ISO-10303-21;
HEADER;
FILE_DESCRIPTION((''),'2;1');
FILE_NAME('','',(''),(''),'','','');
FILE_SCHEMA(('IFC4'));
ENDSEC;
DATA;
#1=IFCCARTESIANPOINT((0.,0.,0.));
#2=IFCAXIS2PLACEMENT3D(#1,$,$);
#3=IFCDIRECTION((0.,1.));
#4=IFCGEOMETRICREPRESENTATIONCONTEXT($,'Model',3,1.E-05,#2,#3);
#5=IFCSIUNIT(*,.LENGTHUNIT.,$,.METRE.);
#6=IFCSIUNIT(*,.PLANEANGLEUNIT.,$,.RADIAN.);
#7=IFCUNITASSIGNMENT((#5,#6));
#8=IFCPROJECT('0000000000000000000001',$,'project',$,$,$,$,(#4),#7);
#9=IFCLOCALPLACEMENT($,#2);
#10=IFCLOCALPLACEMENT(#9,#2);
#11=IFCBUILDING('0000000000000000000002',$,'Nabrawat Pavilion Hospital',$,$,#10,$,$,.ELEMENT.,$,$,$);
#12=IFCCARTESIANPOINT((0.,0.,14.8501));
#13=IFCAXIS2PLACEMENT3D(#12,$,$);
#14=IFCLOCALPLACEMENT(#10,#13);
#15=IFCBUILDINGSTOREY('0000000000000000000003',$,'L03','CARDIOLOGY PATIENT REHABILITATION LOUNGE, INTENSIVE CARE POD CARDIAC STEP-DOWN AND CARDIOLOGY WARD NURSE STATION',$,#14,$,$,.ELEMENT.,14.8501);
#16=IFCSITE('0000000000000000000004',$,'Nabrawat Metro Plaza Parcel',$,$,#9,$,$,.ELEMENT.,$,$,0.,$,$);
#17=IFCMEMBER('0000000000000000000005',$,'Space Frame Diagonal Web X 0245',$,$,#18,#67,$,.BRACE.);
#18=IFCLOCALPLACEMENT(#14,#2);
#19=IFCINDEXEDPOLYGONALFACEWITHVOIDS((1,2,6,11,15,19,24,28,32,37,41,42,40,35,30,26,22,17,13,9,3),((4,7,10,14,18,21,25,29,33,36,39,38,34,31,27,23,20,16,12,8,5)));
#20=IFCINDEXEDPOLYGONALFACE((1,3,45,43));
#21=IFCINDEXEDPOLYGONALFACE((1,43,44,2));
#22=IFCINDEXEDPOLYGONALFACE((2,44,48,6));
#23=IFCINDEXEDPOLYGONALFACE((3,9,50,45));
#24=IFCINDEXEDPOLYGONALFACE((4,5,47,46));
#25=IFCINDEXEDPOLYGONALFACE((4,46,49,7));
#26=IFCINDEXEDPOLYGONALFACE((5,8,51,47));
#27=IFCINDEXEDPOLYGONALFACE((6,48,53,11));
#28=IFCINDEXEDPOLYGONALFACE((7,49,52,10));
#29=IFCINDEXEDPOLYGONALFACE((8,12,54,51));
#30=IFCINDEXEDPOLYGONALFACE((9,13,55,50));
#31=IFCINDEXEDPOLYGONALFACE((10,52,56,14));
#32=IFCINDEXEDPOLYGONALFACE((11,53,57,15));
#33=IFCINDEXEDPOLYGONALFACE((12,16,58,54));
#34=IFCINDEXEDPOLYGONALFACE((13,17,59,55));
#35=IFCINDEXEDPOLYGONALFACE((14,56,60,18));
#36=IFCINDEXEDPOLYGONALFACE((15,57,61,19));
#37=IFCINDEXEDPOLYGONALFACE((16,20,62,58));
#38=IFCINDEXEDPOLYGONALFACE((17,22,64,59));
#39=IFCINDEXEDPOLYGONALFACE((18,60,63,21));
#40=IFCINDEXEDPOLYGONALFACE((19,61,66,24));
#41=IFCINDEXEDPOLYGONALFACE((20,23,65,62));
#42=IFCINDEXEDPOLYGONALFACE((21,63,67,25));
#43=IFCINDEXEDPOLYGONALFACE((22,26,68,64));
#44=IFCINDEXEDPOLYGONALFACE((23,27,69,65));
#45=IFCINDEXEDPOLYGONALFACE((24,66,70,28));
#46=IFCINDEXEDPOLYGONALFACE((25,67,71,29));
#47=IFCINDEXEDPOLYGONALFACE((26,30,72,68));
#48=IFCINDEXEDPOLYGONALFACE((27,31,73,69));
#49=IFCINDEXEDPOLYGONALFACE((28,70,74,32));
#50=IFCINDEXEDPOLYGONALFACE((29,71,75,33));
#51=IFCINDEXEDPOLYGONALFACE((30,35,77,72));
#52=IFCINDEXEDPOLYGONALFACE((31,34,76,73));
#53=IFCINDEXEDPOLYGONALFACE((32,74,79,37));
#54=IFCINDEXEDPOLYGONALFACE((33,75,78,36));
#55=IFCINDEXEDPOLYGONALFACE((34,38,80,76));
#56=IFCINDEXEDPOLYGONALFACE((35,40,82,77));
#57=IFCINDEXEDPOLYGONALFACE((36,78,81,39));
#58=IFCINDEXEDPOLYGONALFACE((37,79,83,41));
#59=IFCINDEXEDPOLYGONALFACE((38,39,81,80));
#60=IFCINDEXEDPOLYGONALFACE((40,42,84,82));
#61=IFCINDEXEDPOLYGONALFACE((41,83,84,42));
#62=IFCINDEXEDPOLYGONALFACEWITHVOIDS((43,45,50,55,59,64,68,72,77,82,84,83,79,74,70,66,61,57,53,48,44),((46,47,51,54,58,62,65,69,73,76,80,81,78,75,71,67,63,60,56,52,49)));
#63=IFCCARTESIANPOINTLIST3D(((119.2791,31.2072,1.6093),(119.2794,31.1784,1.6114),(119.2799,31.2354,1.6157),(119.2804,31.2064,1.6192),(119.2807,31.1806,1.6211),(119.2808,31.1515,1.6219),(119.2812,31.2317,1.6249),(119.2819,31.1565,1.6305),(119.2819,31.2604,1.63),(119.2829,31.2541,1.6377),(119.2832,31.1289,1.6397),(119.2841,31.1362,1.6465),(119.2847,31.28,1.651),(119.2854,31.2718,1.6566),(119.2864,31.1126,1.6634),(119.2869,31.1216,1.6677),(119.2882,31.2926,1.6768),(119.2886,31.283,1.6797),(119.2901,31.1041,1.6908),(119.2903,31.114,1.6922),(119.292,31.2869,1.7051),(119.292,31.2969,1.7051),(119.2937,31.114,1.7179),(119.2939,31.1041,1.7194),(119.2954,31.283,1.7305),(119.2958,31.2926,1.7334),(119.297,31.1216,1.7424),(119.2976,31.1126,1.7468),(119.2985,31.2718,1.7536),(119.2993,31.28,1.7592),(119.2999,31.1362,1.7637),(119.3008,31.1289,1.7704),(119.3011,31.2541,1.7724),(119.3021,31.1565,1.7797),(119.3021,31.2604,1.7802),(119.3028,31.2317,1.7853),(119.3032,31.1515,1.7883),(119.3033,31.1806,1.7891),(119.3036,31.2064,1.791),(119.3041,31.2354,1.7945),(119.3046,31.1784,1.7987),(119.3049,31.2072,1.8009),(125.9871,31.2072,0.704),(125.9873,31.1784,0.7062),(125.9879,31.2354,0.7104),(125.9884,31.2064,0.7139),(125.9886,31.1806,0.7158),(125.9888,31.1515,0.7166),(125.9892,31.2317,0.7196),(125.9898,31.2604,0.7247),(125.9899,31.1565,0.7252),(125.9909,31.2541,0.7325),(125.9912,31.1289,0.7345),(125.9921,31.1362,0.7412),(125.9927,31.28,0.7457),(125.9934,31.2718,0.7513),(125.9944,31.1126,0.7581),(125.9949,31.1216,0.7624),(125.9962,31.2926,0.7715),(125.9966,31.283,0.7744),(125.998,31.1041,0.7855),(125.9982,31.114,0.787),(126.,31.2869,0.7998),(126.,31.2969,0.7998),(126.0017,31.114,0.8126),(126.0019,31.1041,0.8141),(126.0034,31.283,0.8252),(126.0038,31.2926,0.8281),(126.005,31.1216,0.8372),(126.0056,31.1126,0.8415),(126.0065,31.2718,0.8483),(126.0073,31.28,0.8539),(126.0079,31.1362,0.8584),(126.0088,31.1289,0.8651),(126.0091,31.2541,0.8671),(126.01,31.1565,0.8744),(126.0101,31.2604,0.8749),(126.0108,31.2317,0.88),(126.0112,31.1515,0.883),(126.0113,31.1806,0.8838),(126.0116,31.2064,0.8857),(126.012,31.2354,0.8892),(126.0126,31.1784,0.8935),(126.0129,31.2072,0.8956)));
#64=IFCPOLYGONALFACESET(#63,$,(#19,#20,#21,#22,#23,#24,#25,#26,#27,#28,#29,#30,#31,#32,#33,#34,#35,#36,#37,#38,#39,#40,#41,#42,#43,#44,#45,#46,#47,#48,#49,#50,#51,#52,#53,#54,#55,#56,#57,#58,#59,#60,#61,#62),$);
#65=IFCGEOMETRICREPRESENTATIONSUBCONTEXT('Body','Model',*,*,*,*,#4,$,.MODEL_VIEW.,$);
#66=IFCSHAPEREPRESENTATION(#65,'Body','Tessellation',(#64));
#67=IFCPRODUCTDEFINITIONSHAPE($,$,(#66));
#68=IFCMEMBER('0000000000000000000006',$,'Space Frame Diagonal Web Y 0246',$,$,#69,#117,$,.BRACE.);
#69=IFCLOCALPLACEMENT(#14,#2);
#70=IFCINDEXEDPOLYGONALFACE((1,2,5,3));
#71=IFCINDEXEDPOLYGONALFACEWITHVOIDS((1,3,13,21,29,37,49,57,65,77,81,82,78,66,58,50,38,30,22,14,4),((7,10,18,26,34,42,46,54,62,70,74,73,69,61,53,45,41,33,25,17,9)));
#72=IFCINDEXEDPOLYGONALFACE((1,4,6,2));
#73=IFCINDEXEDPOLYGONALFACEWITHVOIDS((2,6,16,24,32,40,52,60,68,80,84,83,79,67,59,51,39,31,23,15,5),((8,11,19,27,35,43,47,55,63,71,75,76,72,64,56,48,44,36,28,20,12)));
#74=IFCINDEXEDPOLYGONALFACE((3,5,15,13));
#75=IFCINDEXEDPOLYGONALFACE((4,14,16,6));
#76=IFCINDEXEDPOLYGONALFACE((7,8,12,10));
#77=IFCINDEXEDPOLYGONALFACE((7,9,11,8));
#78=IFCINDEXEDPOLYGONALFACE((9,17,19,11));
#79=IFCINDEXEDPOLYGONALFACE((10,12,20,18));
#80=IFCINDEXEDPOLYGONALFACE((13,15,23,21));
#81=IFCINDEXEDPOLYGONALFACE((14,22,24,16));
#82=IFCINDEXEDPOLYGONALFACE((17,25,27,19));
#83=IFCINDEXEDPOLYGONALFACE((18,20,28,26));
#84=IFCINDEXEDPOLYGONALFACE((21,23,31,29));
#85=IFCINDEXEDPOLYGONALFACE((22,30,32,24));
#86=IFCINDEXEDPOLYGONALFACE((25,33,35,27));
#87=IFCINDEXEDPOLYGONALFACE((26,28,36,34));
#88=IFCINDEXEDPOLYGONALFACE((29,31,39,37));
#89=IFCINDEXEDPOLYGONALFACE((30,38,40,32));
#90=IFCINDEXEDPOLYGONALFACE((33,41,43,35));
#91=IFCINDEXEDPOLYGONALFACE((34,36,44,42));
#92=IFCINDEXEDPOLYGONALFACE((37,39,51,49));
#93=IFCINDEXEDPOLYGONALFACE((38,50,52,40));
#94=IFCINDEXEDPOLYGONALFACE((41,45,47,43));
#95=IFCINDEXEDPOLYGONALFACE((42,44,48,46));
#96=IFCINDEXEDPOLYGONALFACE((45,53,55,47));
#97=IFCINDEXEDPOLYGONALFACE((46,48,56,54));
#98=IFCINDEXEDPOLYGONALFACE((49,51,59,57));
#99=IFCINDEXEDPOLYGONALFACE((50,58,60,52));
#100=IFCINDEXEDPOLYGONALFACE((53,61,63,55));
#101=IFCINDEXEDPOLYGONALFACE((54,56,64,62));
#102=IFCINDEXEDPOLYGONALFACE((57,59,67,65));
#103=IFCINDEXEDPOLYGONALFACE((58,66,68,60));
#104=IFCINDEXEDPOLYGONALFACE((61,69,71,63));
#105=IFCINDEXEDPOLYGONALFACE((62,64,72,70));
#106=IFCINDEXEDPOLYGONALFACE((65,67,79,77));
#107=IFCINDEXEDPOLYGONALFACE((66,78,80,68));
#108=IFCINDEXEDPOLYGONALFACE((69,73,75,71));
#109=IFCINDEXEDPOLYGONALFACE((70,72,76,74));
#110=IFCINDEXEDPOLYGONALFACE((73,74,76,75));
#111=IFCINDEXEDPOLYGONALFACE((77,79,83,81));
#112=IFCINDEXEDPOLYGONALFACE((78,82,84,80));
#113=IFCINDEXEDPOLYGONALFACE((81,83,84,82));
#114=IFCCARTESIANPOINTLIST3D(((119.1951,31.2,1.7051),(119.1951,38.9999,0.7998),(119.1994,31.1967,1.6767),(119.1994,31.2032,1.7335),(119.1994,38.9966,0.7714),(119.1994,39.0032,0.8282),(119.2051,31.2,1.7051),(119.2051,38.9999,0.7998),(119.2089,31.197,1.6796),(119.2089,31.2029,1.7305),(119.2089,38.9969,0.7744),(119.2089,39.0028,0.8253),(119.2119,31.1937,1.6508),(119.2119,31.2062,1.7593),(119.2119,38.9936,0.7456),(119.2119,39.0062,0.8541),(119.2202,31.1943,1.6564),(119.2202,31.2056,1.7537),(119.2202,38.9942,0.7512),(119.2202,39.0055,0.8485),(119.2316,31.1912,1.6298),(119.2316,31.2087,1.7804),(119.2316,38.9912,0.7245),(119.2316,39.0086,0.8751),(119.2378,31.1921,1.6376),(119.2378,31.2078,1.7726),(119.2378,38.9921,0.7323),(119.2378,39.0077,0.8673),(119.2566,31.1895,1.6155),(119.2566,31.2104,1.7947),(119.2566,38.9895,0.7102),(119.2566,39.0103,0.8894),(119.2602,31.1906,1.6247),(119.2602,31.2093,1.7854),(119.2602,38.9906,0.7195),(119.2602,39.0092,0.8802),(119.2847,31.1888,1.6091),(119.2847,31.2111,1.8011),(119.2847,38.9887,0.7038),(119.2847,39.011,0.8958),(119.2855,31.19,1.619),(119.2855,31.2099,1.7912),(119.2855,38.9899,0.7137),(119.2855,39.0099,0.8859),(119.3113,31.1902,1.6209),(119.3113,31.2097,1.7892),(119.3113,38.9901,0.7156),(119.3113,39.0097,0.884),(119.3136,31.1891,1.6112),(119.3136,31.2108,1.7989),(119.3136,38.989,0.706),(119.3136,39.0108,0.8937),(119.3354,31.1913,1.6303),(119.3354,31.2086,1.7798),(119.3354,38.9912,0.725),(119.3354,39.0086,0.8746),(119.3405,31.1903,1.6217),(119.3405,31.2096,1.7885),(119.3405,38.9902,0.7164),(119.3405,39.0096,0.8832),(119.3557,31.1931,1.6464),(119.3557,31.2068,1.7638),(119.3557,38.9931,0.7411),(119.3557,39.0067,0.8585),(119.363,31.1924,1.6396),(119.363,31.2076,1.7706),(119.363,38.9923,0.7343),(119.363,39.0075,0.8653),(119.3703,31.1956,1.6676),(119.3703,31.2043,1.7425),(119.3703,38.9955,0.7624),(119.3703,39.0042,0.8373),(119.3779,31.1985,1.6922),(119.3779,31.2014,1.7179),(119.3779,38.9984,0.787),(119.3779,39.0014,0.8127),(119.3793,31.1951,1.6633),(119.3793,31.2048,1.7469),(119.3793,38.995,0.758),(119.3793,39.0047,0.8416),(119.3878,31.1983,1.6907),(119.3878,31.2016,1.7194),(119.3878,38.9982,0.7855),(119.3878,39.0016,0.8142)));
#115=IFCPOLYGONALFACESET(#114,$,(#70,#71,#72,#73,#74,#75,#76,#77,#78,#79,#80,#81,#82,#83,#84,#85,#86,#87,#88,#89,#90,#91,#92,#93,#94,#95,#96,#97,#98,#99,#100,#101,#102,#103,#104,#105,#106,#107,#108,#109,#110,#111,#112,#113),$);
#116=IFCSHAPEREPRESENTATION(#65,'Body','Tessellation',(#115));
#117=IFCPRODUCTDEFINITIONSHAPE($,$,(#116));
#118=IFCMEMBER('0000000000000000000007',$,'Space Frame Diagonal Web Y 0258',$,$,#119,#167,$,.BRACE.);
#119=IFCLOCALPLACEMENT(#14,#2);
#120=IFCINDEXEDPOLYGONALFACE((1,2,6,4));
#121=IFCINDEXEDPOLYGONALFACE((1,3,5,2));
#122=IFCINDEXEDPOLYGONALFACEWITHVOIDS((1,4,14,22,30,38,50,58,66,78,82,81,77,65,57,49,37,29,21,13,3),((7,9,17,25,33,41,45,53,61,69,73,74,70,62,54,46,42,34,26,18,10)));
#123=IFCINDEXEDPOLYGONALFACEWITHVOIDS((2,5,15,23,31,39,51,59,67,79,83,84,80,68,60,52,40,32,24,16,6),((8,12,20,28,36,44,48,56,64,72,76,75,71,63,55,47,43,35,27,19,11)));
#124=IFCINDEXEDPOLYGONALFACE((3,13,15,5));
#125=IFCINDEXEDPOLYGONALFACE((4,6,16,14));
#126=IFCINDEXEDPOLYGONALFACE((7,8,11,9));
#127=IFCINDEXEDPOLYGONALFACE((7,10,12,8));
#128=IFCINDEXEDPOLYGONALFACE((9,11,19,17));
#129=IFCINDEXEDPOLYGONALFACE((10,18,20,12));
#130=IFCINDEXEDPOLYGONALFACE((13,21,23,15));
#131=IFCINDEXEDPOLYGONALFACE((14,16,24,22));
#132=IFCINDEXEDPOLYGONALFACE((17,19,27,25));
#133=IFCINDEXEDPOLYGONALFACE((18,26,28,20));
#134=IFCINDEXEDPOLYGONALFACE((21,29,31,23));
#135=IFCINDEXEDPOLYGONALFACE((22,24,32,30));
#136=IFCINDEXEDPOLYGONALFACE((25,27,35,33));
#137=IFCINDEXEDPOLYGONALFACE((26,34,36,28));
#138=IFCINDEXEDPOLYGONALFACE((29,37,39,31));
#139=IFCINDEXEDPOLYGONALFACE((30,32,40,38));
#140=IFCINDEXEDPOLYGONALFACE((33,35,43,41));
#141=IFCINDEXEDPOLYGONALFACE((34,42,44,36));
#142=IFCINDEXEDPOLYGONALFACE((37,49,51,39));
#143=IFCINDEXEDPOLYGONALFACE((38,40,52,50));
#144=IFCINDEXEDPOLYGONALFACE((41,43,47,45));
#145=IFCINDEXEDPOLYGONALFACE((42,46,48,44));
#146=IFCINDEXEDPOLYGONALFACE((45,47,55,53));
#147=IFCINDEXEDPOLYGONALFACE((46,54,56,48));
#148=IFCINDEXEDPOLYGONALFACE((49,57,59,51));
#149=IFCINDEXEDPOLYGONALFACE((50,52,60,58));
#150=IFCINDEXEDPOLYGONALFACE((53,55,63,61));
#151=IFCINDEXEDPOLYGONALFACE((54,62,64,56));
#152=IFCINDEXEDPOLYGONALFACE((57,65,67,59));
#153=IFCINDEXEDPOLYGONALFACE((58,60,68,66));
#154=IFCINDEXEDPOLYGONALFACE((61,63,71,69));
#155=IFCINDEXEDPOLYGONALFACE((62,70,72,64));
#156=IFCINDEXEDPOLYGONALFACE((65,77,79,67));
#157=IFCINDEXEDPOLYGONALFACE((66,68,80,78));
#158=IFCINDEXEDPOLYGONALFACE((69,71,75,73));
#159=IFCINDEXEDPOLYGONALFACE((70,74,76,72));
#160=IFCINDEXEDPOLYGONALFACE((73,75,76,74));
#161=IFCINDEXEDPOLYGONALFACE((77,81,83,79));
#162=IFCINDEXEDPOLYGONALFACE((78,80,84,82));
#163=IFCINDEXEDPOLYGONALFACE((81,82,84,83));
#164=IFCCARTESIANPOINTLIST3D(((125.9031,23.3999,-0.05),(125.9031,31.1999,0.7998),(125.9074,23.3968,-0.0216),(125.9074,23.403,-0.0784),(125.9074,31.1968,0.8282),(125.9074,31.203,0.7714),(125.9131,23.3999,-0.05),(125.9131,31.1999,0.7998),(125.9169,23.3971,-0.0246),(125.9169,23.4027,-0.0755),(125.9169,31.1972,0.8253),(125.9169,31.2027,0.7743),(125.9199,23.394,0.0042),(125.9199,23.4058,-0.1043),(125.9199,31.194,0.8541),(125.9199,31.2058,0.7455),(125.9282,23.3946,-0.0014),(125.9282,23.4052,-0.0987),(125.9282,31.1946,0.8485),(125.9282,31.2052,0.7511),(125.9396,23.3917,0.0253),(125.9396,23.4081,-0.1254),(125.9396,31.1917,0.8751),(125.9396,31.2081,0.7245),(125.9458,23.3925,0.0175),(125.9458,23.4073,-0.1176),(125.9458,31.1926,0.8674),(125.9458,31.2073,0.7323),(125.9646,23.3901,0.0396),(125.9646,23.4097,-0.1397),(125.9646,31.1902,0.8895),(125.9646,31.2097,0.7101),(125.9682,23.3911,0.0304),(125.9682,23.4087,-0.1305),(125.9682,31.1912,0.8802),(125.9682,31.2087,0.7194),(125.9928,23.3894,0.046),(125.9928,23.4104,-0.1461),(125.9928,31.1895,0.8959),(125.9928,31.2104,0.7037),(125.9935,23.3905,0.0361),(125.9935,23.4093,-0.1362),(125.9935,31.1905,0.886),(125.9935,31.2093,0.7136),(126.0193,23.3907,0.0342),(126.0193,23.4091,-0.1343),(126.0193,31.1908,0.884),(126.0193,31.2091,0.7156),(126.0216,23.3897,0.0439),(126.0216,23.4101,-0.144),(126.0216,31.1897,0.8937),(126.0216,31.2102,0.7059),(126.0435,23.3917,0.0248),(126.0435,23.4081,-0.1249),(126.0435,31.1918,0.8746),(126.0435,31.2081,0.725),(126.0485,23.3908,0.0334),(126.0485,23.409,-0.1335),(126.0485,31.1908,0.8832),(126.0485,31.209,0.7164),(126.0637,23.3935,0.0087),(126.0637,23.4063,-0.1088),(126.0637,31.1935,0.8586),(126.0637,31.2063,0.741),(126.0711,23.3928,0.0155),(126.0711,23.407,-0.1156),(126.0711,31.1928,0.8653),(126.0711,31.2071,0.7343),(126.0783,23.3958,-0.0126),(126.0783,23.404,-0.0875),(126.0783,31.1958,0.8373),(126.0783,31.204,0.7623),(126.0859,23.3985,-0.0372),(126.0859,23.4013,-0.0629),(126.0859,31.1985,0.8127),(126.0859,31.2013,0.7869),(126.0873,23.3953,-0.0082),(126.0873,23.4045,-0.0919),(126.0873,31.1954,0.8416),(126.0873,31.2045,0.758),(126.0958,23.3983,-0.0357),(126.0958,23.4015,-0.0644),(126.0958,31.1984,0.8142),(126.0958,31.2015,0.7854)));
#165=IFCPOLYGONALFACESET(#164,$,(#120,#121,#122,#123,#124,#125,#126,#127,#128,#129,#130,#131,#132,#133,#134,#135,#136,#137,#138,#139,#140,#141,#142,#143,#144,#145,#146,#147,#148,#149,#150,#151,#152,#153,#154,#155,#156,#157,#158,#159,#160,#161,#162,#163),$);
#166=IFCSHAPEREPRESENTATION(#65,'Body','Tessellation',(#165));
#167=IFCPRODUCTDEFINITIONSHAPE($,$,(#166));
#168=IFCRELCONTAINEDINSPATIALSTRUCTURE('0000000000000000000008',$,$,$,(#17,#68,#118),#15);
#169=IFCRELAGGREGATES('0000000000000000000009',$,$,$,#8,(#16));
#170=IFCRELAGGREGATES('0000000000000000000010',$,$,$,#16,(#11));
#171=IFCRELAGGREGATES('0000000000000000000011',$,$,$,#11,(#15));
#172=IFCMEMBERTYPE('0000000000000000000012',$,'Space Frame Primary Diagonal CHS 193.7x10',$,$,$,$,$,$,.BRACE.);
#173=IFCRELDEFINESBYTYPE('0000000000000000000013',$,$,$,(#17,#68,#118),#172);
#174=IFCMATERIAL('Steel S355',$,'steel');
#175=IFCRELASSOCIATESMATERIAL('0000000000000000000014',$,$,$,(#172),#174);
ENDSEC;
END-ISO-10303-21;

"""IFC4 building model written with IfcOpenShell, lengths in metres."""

from ifc_helpers import new_model, si_unit, direction, frame, origin, origin_2d, place, context, subcontext, project, spatial, hollow_circle, extrude, material, material_profile, profile_set, type_object, element, save


model = new_model("IFC4")

# Units and contexts
model_context = context("Model", 3, precision=1e-05, world=origin(), true_north=direction((0.0, 1.0)))
body_context = subcontext(model_context, "Body", "Model", "MODEL_VIEW")
ifc_project = project(units=[si_unit("LENGTHUNIT", "METRE"), si_unit("PLANEANGLEUNIT", "RADIAN")], contexts=[model_context])

# Site, building, storey
site_placement = place(None, origin())
site = spatial("IfcSite", under=ifc_project, at=site_placement, Name="Nabrawat Metro Plaza Parcel", CompositionType="ELEMENT", RefElevation=0.0)
building_placement = place(site_placement, origin())
building = spatial("IfcBuilding", under=site, at=building_placement, Name="Nabrawat Pavilion Hospital", CompositionType="ELEMENT")
storey_placement = place(building_placement, frame((0.0, 0.0, 14.8501)))
storey = spatial("IfcBuildingStorey", under=building, at=storey_placement, Name="L03", Description="CARDIOLOGY PATIENT REHABILITATION LOUNGE, INTENSIVE CARE POD CARDIAC STEP-DOWN AND CARDIOLOGY WARD NURSE STATION", CompositionType="ELEMENT", Elevation=14.8501)

# Shared definitions
ifc_material = material(Name="Steel S355", Category="steel")

# Members
ifc_material_profile_1 = material_profile(ifc_material, hollow_circle(Radius=0.0969, WallThickness=0.01, at=origin_2d()), Name="CHS 193.7x10")
ifc_profile_set_1 = profile_set([ifc_material_profile_1], Name="Steel S355")
member_type_1 = type_object("IfcMemberType", Name="Space Frame Primary Diagonal CHS 193.7x10", PredefinedType="BRACE", material=ifc_profile_set_1)
member_1_placement = place(storey_placement, frame((119.292, 31.2, 1.7051), z_axis=(0.991016, 0.0, -0.133742), x_axis=(0.0, 1.0, 0.0)))
element("IfcMember", 1, at=member_1_placement, inside=storey, type_object=member_type_1, Name="Space Frame Diagonal Web X 0245", PredefinedType="BRACE", context=body_context, shape_type="SweptSolid", body=[
    extrude(hollow_circle(Radius=0.0969, WallThickness=0.01, at=origin_2d()), origin(), (0.0, 0.0, 1.0), 6.7688),
])
member_2_placement = place(storey_placement, frame((119.292, 31.2, 1.7051), z_axis=(0.0, 0.993332, -0.115286), x_axis=(-1.0, 0.0, 0.0)))
element("IfcMember", 2, at=member_2_placement, inside=storey, type_object=member_type_1, Name="Space Frame Diagonal Web Y 0246", PredefinedType="BRACE", context=body_context, shape_type="SweptSolid", body=[
    extrude(hollow_circle(Radius=0.0969, WallThickness=0.01, at=origin_2d()), origin(), (0.0, 0.0, 1.0), 7.8523),
])
for number, where, z_axis, x_axis, name in (
    (3, (126.0, 23.3999, -0.05), (0.0, 0.994117, 0.108314), (-1.0, 0.0, 0.0), "Space Frame Diagonal Web Y 0258"),
):
    element("IfcMember", number, at=place(storey_placement, frame(where, z_axis=z_axis, x_axis=x_axis)), inside=storey, type_object=member_type_1, Name=name, PredefinedType="BRACE", context=body_context, shape_type="SweptSolid", body=[
        extrude(hollow_circle(Radius=0.0969, WallThickness=0.01, at=origin_2d()), origin(), (0.0, 0.0, 1.0), 7.8462),
    ])

save(model, "model.ifc")
